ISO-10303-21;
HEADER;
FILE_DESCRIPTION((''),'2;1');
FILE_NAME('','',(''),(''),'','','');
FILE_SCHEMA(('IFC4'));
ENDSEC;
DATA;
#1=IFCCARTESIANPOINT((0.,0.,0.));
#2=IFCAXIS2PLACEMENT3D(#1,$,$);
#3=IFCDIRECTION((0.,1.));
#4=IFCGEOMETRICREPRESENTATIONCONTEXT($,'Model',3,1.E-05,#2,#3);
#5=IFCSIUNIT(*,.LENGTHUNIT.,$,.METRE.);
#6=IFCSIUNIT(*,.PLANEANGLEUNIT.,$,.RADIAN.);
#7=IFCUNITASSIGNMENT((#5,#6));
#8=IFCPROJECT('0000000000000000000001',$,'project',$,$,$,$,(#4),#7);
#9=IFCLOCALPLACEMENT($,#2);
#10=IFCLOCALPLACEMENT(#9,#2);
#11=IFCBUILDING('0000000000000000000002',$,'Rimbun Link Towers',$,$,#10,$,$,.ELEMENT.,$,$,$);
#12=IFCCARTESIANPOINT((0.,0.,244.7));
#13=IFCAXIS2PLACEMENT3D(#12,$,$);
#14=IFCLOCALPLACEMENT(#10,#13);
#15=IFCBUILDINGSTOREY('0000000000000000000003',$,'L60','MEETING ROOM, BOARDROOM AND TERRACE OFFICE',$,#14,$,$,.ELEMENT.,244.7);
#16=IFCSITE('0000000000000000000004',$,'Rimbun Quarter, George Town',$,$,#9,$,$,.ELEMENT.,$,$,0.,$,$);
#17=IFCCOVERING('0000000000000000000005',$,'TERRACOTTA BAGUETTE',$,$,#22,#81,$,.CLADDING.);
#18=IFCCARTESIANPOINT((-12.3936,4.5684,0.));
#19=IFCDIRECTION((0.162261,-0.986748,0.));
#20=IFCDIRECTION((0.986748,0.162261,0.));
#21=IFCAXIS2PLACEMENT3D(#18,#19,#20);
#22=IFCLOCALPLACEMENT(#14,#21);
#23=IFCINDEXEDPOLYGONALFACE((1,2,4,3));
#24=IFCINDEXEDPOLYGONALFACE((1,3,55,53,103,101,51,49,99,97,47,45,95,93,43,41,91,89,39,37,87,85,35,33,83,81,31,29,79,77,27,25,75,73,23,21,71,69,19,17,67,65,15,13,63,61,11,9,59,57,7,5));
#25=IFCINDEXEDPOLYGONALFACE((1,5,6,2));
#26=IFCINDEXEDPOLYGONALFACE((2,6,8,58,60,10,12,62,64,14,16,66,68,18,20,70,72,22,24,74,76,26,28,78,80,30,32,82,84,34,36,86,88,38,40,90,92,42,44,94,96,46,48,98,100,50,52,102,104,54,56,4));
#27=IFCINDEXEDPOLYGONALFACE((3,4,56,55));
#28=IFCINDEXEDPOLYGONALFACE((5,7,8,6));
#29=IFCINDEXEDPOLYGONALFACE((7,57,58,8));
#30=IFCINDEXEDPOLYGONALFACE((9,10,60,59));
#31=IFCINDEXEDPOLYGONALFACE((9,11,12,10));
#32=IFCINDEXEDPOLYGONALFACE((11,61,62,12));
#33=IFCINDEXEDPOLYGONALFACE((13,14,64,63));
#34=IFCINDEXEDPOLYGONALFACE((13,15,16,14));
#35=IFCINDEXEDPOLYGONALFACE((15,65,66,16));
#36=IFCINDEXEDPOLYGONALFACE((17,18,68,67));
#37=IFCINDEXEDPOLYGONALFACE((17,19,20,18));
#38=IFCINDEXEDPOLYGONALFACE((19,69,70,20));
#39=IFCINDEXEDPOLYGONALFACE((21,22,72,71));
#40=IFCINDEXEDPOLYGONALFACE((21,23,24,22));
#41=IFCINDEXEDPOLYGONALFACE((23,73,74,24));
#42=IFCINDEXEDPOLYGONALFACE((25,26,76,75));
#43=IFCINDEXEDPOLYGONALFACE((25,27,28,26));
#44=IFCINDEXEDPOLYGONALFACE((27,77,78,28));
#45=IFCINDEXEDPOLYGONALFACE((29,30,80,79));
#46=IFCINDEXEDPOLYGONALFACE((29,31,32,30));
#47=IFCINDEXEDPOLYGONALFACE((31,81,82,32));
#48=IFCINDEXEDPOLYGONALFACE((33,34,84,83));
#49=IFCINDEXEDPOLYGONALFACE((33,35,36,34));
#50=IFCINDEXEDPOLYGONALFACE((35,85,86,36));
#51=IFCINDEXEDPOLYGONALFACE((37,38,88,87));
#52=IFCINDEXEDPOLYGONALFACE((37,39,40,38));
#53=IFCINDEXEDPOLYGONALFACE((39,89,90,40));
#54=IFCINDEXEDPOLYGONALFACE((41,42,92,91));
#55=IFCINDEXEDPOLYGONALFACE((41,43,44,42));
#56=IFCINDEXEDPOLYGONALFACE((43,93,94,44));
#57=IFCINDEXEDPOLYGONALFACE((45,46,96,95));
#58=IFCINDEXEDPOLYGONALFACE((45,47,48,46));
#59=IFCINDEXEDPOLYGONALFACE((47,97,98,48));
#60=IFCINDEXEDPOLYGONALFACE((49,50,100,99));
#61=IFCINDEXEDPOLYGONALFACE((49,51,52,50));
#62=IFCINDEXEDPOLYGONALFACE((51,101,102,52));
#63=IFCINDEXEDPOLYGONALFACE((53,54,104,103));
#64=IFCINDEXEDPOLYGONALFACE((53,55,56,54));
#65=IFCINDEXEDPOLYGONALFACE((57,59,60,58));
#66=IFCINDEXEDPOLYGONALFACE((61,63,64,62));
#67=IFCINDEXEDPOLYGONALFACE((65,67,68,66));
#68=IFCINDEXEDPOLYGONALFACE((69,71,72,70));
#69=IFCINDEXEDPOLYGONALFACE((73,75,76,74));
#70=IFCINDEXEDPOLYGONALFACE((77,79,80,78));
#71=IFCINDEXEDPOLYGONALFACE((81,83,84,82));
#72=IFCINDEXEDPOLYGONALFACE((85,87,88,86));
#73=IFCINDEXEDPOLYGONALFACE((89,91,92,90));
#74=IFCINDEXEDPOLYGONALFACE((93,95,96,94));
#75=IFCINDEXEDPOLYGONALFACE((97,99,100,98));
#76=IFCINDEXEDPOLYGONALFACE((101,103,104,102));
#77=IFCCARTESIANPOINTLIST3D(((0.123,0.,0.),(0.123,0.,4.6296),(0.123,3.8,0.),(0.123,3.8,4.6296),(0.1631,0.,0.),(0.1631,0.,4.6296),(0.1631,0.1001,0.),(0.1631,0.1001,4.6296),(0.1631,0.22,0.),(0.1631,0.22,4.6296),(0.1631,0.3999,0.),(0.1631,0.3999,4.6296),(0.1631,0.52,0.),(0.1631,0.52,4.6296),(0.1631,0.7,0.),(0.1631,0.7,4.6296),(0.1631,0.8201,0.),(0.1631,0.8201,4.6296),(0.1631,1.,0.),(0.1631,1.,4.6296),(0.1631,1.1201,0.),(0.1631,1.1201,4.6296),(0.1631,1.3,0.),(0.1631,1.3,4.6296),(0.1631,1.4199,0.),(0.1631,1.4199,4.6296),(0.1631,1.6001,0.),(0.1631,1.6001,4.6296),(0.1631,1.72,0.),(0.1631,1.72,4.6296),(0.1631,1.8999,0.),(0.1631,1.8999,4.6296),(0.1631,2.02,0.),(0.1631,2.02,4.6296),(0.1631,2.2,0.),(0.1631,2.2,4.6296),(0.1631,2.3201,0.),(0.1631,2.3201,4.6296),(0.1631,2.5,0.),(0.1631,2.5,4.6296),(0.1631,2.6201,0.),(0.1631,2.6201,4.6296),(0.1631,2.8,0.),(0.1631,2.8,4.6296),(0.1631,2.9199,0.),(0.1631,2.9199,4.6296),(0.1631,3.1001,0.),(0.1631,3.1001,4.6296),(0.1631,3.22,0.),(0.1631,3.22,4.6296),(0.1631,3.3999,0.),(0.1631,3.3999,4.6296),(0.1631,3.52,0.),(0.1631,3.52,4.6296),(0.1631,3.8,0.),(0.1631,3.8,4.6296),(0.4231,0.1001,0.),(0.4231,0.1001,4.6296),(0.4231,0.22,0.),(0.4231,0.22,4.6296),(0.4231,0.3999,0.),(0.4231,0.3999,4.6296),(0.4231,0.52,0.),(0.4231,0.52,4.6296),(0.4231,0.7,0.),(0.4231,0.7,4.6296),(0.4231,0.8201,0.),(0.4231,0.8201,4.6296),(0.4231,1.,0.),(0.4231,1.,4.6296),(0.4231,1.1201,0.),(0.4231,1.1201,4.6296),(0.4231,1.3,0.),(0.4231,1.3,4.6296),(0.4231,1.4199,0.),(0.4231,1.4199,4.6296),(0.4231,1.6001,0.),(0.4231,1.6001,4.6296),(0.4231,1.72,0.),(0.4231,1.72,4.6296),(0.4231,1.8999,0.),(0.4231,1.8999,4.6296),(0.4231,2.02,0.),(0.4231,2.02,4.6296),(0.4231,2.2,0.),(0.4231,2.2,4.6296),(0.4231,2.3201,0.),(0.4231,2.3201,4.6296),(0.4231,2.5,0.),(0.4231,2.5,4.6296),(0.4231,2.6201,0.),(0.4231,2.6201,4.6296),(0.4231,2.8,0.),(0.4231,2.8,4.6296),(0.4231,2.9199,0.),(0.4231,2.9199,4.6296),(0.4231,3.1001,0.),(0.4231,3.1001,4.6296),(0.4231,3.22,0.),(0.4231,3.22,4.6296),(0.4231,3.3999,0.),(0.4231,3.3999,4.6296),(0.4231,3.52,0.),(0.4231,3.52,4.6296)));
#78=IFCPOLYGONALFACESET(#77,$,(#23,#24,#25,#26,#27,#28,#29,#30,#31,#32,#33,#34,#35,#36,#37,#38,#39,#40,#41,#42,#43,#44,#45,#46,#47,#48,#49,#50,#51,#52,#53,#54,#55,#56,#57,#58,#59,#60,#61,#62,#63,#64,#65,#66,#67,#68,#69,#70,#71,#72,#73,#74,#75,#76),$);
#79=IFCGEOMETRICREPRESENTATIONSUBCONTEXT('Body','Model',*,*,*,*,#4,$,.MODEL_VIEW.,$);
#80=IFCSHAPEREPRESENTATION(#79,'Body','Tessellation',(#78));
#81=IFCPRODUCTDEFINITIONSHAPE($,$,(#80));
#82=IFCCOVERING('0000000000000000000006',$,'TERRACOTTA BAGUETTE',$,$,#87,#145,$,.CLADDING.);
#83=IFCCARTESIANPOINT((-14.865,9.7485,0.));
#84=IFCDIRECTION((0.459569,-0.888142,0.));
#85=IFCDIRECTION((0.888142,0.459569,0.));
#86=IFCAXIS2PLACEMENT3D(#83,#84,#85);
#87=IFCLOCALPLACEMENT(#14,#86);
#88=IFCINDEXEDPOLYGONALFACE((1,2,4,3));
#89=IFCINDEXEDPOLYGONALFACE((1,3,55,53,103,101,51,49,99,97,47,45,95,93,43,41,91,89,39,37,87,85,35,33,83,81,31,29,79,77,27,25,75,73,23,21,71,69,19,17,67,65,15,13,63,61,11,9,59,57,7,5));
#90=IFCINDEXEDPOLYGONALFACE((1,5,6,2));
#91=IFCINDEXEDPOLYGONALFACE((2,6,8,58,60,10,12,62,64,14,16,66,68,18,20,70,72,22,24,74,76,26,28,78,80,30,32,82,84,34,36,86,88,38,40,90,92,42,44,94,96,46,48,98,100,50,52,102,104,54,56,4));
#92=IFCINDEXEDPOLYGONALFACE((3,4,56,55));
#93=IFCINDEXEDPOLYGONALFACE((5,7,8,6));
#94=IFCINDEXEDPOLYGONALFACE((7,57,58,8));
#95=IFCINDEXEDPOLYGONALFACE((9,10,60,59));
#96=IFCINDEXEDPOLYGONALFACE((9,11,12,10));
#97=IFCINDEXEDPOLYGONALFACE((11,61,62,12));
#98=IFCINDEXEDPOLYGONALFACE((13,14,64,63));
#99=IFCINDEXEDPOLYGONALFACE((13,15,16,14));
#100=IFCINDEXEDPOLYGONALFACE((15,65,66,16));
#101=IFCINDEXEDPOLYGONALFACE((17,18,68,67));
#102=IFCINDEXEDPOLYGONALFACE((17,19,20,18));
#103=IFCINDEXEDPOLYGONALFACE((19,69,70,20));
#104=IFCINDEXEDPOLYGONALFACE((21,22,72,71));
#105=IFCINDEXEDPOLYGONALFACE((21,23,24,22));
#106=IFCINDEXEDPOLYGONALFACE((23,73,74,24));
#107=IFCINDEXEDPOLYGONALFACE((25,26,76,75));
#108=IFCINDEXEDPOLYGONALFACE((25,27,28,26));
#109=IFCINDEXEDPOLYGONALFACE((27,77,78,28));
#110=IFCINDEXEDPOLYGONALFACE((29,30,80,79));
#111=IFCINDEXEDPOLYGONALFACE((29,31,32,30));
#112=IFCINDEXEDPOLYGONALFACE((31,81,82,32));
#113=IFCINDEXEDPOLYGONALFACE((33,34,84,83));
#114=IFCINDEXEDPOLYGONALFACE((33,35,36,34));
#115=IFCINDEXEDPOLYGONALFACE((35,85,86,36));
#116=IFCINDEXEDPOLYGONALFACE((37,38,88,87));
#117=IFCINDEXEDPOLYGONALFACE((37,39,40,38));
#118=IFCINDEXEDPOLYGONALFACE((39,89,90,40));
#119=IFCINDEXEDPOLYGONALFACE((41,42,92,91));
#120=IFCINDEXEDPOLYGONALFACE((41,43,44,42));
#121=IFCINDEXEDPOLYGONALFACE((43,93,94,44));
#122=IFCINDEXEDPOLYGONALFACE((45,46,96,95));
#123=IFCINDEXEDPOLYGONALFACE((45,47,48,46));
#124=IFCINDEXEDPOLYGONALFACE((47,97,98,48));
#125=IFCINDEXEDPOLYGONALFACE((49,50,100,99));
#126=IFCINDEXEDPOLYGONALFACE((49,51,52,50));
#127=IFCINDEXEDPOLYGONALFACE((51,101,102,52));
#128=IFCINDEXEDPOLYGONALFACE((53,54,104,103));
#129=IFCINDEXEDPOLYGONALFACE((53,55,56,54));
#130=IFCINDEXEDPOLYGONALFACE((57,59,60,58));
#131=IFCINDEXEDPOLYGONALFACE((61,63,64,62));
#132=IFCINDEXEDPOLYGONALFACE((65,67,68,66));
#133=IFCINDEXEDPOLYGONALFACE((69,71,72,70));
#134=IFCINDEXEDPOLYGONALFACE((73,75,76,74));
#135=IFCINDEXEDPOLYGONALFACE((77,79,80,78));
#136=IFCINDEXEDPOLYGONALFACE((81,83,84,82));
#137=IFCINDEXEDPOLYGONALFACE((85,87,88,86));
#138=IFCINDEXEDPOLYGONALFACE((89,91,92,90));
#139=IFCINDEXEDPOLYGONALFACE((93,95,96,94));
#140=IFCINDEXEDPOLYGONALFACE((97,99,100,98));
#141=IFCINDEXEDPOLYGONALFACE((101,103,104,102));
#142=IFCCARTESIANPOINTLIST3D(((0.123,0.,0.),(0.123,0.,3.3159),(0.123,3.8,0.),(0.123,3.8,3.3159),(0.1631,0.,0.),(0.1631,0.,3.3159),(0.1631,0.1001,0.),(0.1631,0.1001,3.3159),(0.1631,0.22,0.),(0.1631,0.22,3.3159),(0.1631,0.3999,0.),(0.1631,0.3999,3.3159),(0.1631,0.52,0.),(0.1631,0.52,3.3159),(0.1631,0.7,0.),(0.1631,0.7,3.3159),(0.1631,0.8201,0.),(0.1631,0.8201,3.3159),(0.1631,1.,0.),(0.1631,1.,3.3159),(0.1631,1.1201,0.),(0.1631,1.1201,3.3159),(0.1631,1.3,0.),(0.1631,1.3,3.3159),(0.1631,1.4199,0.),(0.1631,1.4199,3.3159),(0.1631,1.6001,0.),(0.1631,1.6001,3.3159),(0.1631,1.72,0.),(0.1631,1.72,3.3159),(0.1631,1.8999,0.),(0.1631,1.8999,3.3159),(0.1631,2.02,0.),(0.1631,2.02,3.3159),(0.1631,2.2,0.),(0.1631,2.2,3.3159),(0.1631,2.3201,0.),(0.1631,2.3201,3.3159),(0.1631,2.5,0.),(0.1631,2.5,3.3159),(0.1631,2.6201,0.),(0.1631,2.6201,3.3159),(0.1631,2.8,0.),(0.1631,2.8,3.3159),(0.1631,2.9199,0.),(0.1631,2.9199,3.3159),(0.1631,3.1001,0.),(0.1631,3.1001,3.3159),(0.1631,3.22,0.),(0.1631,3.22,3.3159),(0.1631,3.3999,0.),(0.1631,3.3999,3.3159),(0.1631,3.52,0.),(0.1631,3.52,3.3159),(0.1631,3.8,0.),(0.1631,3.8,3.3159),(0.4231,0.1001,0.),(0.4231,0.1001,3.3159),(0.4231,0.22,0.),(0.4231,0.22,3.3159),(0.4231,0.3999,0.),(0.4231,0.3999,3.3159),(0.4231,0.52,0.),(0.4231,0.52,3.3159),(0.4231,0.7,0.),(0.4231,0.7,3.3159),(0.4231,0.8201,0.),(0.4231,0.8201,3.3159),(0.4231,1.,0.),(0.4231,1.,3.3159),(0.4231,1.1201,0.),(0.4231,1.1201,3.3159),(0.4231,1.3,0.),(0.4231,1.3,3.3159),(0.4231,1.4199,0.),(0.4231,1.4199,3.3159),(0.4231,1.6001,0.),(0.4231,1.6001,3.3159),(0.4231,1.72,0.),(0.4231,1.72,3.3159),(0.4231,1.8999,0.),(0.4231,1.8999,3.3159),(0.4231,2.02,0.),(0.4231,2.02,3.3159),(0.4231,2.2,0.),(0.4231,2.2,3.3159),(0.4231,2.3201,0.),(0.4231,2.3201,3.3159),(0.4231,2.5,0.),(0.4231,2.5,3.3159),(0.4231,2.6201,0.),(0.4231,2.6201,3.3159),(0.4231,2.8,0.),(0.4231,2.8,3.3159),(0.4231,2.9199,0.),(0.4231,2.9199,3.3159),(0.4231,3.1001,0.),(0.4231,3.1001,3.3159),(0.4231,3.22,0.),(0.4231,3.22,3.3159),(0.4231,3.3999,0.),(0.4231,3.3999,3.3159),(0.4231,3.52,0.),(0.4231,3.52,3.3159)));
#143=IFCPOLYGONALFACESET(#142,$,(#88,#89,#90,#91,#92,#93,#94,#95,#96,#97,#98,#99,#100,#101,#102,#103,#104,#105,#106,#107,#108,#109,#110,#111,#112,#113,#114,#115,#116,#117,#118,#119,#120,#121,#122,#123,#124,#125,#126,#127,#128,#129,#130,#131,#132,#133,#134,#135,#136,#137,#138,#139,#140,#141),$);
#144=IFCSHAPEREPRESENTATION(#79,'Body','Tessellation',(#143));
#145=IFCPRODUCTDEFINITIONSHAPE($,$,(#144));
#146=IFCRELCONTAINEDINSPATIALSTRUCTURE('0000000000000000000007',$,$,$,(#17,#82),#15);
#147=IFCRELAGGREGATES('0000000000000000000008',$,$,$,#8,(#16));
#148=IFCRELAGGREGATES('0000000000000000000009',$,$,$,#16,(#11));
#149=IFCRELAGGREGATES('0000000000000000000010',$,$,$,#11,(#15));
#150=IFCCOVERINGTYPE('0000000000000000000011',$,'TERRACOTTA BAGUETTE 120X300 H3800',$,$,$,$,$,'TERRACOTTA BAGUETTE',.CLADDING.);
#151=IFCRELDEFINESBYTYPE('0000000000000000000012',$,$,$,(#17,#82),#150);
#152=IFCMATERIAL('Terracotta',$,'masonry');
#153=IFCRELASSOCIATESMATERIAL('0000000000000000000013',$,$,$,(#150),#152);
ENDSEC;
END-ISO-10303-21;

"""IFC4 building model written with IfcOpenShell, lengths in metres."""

from ifc_helpers import new_model, si_unit, direction, frame, origin, place, context, subcontext, project, spatial, polyline, outline, extrude, material, material_profile, profile_set, type_object, element, save


model = new_model("IFC4")

# Units and contexts
model_context = context("Model", 3, precision=1e-05, world=origin(), true_north=direction((0.0, 1.0)))
body_context = subcontext(model_context, "Body", "Model", "MODEL_VIEW")
ifc_project = project(units=[si_unit("LENGTHUNIT", "METRE"), si_unit("PLANEANGLEUNIT", "RADIAN")], contexts=[model_context])

# Site, building, storey
site_placement = place(None, origin())
site = spatial("IfcSite", under=ifc_project, at=site_placement, Name="Rimbun Quarter, George Town", CompositionType="ELEMENT", RefElevation=0.0)
building_placement = place(site_placement, origin())
building = spatial("IfcBuilding", under=site, at=building_placement, Name="Rimbun Link Towers", CompositionType="ELEMENT")
storey_placement = place(building_placement, frame((0.0, 0.0, 244.7)))
storey = spatial("IfcBuildingStorey", under=building, at=storey_placement, Name="L60", Description="MEETING ROOM, BOARDROOM AND TERRACE OFFICE", CompositionType="ELEMENT", Elevation=244.7)

# Coverings
ifc_material_1 = material(Name="Terracotta", Category="masonry")
ifc_material_profile_1 = material_profile(ifc_material_1, outline(polyline([(0.123, 0.0), (0.1631, 0.0), (0.1631, 0.1001), (0.4231, 0.1001), (0.4231, 0.22), (0.1631, 0.22), (0.1631, 0.3999), (0.4231, 0.3999), (0.4231, 0.52), (0.1631, 0.52), (0.1631, 0.7), (0.4231, 0.7), (0.4231, 0.8201), (0.1631, 0.8201), (0.1631, 1.0), (0.4231, 1.0), (0.4231, 1.1201), (0.1631, 1.1201), (0.1631, 1.3), (0.4231, 1.3), (0.4231, 1.4199), (0.1631, 1.4199), (0.1631, 1.6001), (0.4231, 1.6001), (0.4231, 1.72), (0.1631, 1.72), (0.1631, 1.8999), (0.4231, 1.8999), (0.4231, 2.02), (0.1631, 2.02), (0.1631, 2.2), (0.4231, 2.2), (0.4231, 2.3201), (0.1631, 2.3201), (0.1631, 2.5), (0.4231, 2.5), (0.4231, 2.6201), (0.1631, 2.6201), (0.1631, 2.8), (0.4231, 2.8), (0.4231, 2.9199), (0.1631, 2.9199), (0.1631, 3.1001), (0.4231, 3.1001), (0.4231, 3.22), (0.1631, 3.22), (0.1631, 3.3999), (0.4231, 3.3999), (0.4231, 3.52), (0.1631, 3.52), (0.1631, 3.8), (0.123, 3.8), (0.123, 0.0)])), Name="BAGUETTE 120X300")
ifc_profile_set_1 = profile_set([ifc_material_profile_1], Name="Terracotta")
covering_type_1 = type_object("IfcCoveringType", Name="TERRACOTTA BAGUETTE 120X300 H3800", ElementType="TERRACOTTA BAGUETTE", PredefinedType="CLADDING", material=ifc_profile_set_1)
covering_1_placement = place(storey_placement, frame((-12.3936, 4.5684, 0.0), z_axis=(0.162261, -0.986748, 0.0), x_axis=(0.986748, 0.162261, 0.0)))
element("IfcCovering", 1, at=covering_1_placement, inside=storey, type_object=covering_type_1, Name="TERRACOTTA BAGUETTE", PredefinedType="CLADDING", context=body_context, shape_type="SweptSolid", body=[
    extrude(outline(polyline([(0.123, 0.0), (0.1631, 0.0), (0.1631, 0.1001), (0.4231, 0.1001), (0.4231, 0.22), (0.1631, 0.22), (0.1631, 0.3999), (0.4231, 0.3999), (0.4231, 0.52), (0.1631, 0.52), (0.1631, 0.7), (0.4231, 0.7), (0.4231, 0.8201), (0.1631, 0.8201), (0.1631, 1.0), (0.4231, 1.0), (0.4231, 1.1201), (0.1631, 1.1201), (0.1631, 1.3), (0.4231, 1.3), (0.4231, 1.4199), (0.1631, 1.4199), (0.1631, 1.6001), (0.4231, 1.6001), (0.4231, 1.72), (0.1631, 1.72), (0.1631, 1.8999), (0.4231, 1.8999), (0.4231, 2.02), (0.1631, 2.02), (0.1631, 2.2), (0.4231, 2.2), (0.4231, 2.3201), (0.1631, 2.3201), (0.1631, 2.5), (0.4231, 2.5), (0.4231, 2.6201), (0.1631, 2.6201), (0.1631, 2.8), (0.4231, 2.8), (0.4231, 2.9199), (0.1631, 2.9199), (0.1631, 3.1001), (0.4231, 3.1001), (0.4231, 3.22), (0.1631, 3.22), (0.1631, 3.3999), (0.4231, 3.3999), (0.4231, 3.52), (0.1631, 3.52), (0.1631, 3.8), (0.123, 3.8), (0.123, 0.0)])), origin(), (0.0, 0.0, 1.0), 4.6296),
])
covering_2_placement = place(storey_placement, frame((-14.865, 9.7485, 0.0), z_axis=(0.459569, -0.888142, 0.0), x_axis=(0.888142, 0.459569, 0.0)))
element("IfcCovering", 2, at=covering_2_placement, inside=storey, type_object=covering_type_1, Name="TERRACOTTA BAGUETTE", PredefinedType="CLADDING", context=body_context, shape_type="SweptSolid", body=[
    extrude(outline(polyline([(0.123, 0.0), (0.1631, 0.0), (0.1631, 0.1001), (0.4231, 0.1001), (0.4231, 0.22), (0.1631, 0.22), (0.1631, 0.3999), (0.4231, 0.3999), (0.4231, 0.52), (0.1631, 0.52), (0.1631, 0.7), (0.4231, 0.7), (0.4231, 0.8201), (0.1631, 0.8201), (0.1631, 1.0), (0.4231, 1.0), (0.4231, 1.1201), (0.1631, 1.1201), (0.1631, 1.3), (0.4231, 1.3), (0.4231, 1.4199), (0.1631, 1.4199), (0.1631, 1.6001), (0.4231, 1.6001), (0.4231, 1.72), (0.1631, 1.72), (0.1631, 1.8999), (0.4231, 1.8999), (0.4231, 2.02), (0.1631, 2.02), (0.1631, 2.2), (0.4231, 2.2), (0.4231, 2.3201), (0.1631, 2.3201), (0.1631, 2.5), (0.4231, 2.5), (0.4231, 2.6201), (0.1631, 2.6201), (0.1631, 2.8), (0.4231, 2.8), (0.4231, 2.9199), (0.1631, 2.9199), (0.1631, 3.1001), (0.4231, 3.1001), (0.4231, 3.22), (0.1631, 3.22), (0.1631, 3.3999), (0.4231, 3.3999), (0.4231, 3.52), (0.1631, 3.52), (0.1631, 3.8), (0.123, 3.8), (0.123, 0.0)])), origin(), (0.0, 0.0, 1.0), 3.3159),
])

save(model, "model.ifc")
